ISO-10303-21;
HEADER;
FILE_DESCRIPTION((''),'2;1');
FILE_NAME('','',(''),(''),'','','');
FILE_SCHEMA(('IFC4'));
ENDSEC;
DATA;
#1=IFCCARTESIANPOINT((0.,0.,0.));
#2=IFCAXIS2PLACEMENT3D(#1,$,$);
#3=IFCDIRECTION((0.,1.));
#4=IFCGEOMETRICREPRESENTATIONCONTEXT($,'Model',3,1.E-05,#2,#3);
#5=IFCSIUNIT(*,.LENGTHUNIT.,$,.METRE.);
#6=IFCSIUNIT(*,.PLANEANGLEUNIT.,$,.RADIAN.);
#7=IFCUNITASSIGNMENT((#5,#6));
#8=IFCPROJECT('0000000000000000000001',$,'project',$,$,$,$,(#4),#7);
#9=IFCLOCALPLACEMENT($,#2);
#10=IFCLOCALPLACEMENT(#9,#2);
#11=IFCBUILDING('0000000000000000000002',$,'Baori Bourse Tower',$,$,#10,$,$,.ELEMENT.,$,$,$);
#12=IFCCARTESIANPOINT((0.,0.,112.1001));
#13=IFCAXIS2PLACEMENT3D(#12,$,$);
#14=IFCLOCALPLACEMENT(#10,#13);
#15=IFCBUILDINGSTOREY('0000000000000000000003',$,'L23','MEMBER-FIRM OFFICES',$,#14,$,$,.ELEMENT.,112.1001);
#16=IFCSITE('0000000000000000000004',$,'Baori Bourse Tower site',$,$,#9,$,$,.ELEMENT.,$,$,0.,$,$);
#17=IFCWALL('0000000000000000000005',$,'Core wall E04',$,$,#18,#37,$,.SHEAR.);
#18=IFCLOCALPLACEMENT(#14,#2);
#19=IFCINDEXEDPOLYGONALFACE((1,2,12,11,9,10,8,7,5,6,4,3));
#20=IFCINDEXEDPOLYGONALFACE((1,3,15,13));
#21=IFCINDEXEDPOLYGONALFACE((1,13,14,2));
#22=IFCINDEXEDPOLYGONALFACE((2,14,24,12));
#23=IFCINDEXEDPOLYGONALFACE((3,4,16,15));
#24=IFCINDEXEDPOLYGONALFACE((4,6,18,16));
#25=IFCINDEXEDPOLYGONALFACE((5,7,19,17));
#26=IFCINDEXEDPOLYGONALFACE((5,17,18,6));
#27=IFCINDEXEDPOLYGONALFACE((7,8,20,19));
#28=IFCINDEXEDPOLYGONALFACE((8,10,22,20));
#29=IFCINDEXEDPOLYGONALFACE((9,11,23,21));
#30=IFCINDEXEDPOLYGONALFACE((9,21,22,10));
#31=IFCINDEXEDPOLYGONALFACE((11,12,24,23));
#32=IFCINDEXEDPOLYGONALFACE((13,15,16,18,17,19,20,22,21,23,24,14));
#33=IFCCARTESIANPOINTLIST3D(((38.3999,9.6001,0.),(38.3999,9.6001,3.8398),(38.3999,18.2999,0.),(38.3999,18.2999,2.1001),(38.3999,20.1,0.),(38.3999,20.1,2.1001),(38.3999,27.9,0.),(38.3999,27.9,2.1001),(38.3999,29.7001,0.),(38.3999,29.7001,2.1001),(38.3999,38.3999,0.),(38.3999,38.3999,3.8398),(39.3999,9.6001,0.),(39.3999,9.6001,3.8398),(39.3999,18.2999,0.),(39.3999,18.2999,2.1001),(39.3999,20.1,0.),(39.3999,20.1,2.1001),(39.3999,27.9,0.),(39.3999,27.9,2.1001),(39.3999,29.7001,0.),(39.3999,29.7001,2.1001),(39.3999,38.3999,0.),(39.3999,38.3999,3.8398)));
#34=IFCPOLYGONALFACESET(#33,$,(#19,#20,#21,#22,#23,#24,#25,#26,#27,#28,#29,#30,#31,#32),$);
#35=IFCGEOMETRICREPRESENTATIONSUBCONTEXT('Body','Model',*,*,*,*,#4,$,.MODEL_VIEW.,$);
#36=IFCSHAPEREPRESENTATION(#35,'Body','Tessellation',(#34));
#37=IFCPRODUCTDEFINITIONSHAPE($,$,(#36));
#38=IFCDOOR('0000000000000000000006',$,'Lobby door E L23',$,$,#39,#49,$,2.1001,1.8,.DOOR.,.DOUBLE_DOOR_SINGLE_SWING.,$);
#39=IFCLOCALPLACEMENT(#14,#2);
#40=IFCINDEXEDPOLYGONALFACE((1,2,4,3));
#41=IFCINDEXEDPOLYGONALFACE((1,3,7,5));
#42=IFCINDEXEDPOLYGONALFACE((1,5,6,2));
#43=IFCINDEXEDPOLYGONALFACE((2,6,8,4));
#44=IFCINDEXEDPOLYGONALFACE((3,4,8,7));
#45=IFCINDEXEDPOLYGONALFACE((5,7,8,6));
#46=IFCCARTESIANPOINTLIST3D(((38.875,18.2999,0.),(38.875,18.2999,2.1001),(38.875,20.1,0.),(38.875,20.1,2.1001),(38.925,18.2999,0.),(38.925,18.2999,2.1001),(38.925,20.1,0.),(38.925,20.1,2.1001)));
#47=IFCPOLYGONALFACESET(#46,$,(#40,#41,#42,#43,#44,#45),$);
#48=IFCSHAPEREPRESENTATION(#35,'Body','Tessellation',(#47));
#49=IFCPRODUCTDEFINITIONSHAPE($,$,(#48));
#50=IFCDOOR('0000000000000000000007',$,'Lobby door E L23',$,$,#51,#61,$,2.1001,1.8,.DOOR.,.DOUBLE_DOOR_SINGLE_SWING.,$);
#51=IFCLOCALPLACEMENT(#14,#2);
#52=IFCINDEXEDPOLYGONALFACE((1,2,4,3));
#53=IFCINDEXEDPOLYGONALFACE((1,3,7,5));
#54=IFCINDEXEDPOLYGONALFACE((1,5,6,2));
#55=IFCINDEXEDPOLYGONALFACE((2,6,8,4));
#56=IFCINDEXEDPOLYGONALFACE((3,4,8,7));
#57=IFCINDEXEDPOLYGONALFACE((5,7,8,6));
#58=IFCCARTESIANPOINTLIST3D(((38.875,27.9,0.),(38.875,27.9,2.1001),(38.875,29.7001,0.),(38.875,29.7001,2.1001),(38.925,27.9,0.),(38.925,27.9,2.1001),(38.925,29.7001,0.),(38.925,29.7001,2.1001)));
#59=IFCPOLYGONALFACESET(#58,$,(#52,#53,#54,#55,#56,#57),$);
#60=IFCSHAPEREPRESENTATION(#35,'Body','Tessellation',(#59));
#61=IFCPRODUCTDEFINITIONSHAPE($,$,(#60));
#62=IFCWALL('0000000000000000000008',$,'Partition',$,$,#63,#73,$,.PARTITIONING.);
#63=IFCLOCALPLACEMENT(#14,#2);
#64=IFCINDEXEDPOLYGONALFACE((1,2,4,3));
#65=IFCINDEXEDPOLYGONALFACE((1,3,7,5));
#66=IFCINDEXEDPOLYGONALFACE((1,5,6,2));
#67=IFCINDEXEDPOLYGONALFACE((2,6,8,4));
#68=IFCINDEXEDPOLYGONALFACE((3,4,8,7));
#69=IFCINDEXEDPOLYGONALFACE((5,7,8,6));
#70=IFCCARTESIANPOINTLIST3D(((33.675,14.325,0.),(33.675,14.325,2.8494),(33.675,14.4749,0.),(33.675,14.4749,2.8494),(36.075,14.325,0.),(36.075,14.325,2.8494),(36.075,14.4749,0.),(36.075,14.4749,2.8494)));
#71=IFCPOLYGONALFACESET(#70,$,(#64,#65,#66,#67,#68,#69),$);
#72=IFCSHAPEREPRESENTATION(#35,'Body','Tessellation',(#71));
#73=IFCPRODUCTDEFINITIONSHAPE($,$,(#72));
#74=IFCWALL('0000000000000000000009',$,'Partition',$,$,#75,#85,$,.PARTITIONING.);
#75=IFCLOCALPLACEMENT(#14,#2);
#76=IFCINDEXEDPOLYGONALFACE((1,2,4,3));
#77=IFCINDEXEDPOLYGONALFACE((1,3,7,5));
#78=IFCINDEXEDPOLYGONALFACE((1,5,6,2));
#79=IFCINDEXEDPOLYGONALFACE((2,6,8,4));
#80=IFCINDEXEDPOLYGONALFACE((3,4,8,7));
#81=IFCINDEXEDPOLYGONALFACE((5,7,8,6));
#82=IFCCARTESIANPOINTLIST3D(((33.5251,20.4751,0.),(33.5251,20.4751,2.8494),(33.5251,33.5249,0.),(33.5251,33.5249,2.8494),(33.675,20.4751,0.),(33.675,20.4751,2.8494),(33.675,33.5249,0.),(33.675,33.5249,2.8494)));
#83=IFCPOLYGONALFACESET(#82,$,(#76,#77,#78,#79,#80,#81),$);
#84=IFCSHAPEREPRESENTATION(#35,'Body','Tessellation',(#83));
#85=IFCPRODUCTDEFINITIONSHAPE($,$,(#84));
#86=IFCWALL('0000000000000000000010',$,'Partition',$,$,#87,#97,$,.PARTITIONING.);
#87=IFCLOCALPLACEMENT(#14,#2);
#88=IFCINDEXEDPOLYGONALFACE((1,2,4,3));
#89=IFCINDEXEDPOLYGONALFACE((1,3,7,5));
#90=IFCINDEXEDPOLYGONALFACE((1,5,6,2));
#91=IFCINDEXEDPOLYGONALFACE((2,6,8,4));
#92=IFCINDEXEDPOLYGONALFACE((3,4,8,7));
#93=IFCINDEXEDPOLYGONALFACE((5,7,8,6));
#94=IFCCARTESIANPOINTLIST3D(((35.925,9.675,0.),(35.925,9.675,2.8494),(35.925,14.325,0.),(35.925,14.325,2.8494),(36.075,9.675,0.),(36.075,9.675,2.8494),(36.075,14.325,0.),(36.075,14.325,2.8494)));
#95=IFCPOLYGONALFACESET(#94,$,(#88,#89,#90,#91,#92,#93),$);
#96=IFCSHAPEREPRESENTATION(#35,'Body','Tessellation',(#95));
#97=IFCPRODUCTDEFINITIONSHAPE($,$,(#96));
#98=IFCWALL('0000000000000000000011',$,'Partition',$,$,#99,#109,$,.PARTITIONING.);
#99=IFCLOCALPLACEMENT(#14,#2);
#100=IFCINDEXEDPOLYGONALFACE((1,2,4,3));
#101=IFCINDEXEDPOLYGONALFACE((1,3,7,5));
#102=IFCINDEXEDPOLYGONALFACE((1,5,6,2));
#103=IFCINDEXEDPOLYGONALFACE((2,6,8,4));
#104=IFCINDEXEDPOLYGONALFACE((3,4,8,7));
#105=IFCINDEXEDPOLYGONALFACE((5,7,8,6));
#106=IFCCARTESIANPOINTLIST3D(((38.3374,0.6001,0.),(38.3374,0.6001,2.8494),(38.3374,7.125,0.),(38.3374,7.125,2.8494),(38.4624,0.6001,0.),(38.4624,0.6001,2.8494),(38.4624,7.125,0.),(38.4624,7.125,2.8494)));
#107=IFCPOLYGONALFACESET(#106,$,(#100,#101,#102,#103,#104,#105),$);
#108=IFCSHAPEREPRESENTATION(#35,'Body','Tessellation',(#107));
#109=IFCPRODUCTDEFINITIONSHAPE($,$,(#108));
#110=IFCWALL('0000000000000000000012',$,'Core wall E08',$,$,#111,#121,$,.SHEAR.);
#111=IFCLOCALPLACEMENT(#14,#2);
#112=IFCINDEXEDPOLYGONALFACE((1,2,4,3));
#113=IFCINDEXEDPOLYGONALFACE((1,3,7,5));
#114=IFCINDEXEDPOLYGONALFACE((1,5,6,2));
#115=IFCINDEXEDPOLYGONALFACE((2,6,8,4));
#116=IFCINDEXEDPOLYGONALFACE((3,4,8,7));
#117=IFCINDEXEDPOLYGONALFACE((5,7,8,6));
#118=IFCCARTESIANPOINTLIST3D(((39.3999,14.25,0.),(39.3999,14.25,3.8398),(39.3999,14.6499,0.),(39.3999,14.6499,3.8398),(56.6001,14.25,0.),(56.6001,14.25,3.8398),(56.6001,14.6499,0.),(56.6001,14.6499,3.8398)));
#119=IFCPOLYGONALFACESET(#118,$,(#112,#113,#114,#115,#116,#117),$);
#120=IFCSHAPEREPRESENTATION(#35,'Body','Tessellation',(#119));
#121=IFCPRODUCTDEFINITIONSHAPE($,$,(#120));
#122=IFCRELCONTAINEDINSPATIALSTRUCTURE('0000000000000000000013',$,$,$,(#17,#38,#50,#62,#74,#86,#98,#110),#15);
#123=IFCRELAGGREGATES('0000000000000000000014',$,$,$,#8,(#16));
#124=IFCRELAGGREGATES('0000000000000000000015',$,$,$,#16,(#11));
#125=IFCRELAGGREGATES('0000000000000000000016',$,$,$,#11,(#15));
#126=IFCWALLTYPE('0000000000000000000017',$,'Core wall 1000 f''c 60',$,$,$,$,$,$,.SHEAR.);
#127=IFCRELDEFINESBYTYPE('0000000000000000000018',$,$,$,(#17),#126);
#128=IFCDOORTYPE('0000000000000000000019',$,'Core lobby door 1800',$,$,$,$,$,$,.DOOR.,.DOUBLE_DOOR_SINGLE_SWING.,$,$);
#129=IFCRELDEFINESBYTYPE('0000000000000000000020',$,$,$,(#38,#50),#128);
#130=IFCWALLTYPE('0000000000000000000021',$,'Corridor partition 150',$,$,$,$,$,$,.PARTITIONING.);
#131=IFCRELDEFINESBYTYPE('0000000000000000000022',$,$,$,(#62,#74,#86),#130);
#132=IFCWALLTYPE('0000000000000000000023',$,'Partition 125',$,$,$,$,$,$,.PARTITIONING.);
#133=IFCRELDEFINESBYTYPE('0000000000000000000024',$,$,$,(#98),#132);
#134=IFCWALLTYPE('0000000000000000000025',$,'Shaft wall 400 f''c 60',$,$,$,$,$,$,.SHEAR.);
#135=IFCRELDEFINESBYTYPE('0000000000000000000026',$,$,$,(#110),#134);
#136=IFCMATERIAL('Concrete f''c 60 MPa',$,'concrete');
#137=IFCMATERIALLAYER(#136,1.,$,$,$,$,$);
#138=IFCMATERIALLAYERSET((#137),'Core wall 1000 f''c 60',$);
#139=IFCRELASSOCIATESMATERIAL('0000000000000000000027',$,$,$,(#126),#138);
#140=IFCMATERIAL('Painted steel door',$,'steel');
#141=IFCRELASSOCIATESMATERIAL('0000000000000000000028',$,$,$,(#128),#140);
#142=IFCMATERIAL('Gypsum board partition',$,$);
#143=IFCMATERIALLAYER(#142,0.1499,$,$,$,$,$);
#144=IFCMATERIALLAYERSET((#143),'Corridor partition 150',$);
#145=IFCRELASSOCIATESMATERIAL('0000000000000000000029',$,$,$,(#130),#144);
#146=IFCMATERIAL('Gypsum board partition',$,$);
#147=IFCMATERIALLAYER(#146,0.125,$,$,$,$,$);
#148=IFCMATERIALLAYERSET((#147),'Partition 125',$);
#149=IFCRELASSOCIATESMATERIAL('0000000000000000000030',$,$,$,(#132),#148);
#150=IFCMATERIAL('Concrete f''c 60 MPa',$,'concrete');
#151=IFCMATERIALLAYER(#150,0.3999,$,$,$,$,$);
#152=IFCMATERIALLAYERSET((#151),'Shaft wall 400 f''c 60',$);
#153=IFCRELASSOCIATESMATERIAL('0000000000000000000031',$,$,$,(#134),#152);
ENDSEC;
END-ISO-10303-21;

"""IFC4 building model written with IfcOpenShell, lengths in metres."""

from ifc_helpers import new_model, si_unit, direction, frame, frame_2d, origin, place, context, subcontext, project, spatial, rectangle, extrude, material, layer, layer_set, type_object, element, fill, save


model = new_model("IFC4")

# Units and contexts
model_context = context("Model", 3, precision=1e-05, world=origin(), true_north=direction((0.0, 1.0)))
body_context = subcontext(model_context, "Body", "Model", "MODEL_VIEW")
ifc_project = project(units=[si_unit("LENGTHUNIT", "METRE"), si_unit("PLANEANGLEUNIT", "RADIAN")], contexts=[model_context])

# Site, building, storey
site_placement = place(None, origin())
site = spatial("IfcSite", under=ifc_project, at=site_placement, Name="Baori Bourse Tower site", CompositionType="ELEMENT", RefElevation=0.0)
building_placement = place(site_placement, origin())
building = spatial("IfcBuilding", under=site, at=building_placement, Name="Baori Bourse Tower", CompositionType="ELEMENT")
storey_placement = place(building_placement, frame((0.0, 0.0, 112.1001)))
storey = spatial("IfcBuildingStorey", under=building, at=storey_placement, Name="L23", Description="MEMBER-FIRM OFFICES", CompositionType="ELEMENT", Elevation=112.1001)

# Wall, openings, doors
ifc_material_1 = material(Name="Concrete f'c 60 MPa", Category="concrete")
ifc_layer_1 = layer(ifc_material_1, 1.0)
ifc_layer_set_1 = layer_set([ifc_layer_1], Name="Core wall 1000 f'c 60")
wall_type_1 = type_object("IfcWallType", Name="Core wall 1000 f'c 60", PredefinedType="SHEAR", material=ifc_layer_set_1)
wall_1_placement = place(storey_placement, frame((38.8999, 9.6001, 0.0), z_axis=(0.0, 0.0, 1.0), x_axis=(0.0, 1.0, 0.0)))
wall_1 = element("IfcWall", 1, at=wall_1_placement, inside=storey, type_object=wall_type_1, Name="Core wall E04", PredefinedType="SHEAR", context=body_context, shape_type="SweptSolid", body=[
    extrude(rectangle(XDim=28.7998, YDim=1.0, at=frame_2d((14.3999, 0.0))), origin(), (0.0, 0.0, 1.0), 3.8398),
])
opening_1_placement = place(wall_1_placement, frame((8.7, 0.0, 0.0)))
opening_1 = element("IfcOpeningElement", 2, at=opening_1_placement, cuts=wall_1, PredefinedType="OPENING", context=body_context, shape_type="SweptSolid", body=[
    extrude(rectangle(XDim=1.8, YDim=2.1001, at=frame_2d((0.8999, 1.05))), frame((0.0, 0.51, 0.0), z_axis=(0.0, -1.0, 0.0), x_axis=(1.0, 0.0, 0.0)), (0.0, 0.0, 1.0), 1.02),
])
opening_2_placement = place(wall_1_placement, frame((18.3, 0.0, 0.0)))
opening_2 = element("IfcOpeningElement", 3, at=opening_2_placement, cuts=wall_1, PredefinedType="OPENING", context=body_context, shape_type="SweptSolid", body=[
    extrude(rectangle(XDim=1.8, YDim=2.1001, at=frame_2d((0.8999, 1.05))), frame((0.0, 0.51, 0.0), z_axis=(0.0, -1.0, 0.0), x_axis=(1.0, 0.0, 0.0)), (0.0, 0.0, 1.0), 1.02),
])
ifc_material_2 = material(Name="Painted steel door", Category="steel")
door_type_1 = type_object("IfcDoorType", Name="Core lobby door 1800", OperationType="DOUBLE_DOOR_SINGLE_SWING", PredefinedType="DOOR", material=ifc_material_2)
door_1_placement = place(opening_1_placement, origin())
door_1 = element("IfcDoor", 4, at=door_1_placement, inside=storey, type_object=door_type_1, Name="Lobby door E L23", OperationType="DOUBLE_DOOR_SINGLE_SWING", OverallHeight=2.1001, OverallWidth=1.8, PredefinedType="DOOR", context=body_context, shape_type="SweptSolid", body=[
    extrude(rectangle(XDim=1.8, YDim=2.1001, at=frame_2d((0.8999, 1.05))), frame((0.0, 0.0249, 0.0), z_axis=(0.0, -1.0, 0.0), x_axis=(1.0, 0.0, 0.0)), (0.0, 0.0, 1.0), 0.05),
])
fill(opening_1, door_1)
door_2_placement = place(opening_2_placement, origin())
door_2 = element("IfcDoor", 5, at=door_2_placement, inside=storey, type_object=door_type_1, Name="Lobby door E L23", OperationType="DOUBLE_DOOR_SINGLE_SWING", OverallHeight=2.1001, OverallWidth=1.8, PredefinedType="DOOR", context=body_context, shape_type="SweptSolid", body=[
    extrude(rectangle(XDim=1.8, YDim=2.1001, at=frame_2d((0.8999, 1.05))), frame((0.0, 0.0249, 0.0), z_axis=(0.0, -1.0, 0.0), x_axis=(1.0, 0.0, 0.0)), (0.0, 0.0, 1.0), 0.05),
])
fill(opening_2, door_2)

# Walls
ifc_material_3 = material(Name="Gypsum board partition")
ifc_layer_2 = layer(ifc_material_3, 0.1499)
ifc_layer_set_2 = layer_set([ifc_layer_2], Name="Corridor partition 150")
wall_type_2 = type_object("IfcWallType", Name="Corridor partition 150", PredefinedType="PARTITIONING", material=ifc_layer_set_2)
wall_2_placement = place(storey_placement, frame((33.675, 14.3999, 0.0), z_axis=(0.0, 0.0, 1.0), x_axis=(1.0, 0.0, 0.0)))
element("IfcWall", 6, at=wall_2_placement, inside=storey, type_object=wall_type_2, Name="Partition", PredefinedType="PARTITIONING", context=body_context, shape_type="SweptSolid", body=[
    extrude(rectangle(XDim=2.3999, YDim=0.1499, at=frame_2d((1.2, 0.0))), origin(), (0.0, 0.0, 1.0), 2.8494),
])
wall_3_placement = place(storey_placement, frame((33.6001, 20.4751, 0.0), z_axis=(0.0, 0.0, 1.0), x_axis=(0.0, 1.0, 0.0)))
element("IfcWall", 7, at=wall_3_placement, inside=storey, type_object=wall_type_2, Name="Partition", PredefinedType="PARTITIONING", context=body_context, shape_type="SweptSolid", body=[
    extrude(rectangle(XDim=13.0498, YDim=0.1499, at=frame_2d((6.5249, 0.0))), origin(), (0.0, 0.0, 1.0), 2.8494),
])
wall_4_placement = place(storey_placement, frame((36.0, 9.675, 0.0), z_axis=(0.0, 0.0, 1.0), x_axis=(0.0, 1.0, 0.0)))
element("IfcWall", 8, at=wall_4_placement, inside=storey, type_object=wall_type_2, Name="Partition", PredefinedType="PARTITIONING", context=body_context, shape_type="SweptSolid", body=[
    extrude(rectangle(XDim=4.6499, YDim=0.1499, at=frame_2d((2.325, 0.0))), origin(), (0.0, 0.0, 1.0), 2.8494),
])
ifc_material_4 = material(Name="Gypsum board partition")
ifc_layer_3 = layer(ifc_material_4, 0.125)
ifc_layer_set_3 = layer_set([ifc_layer_3], Name="Partition 125")
wall_type_3 = type_object("IfcWallType", Name="Partition 125", PredefinedType="PARTITIONING", material=ifc_layer_set_3)
wall_5_placement = place(storey_placement, frame((38.3999, 0.6001, 0.0), z_axis=(0.0, 0.0, 1.0), x_axis=(0.0, 1.0, 0.0)))
element("IfcWall", 9, at=wall_5_placement, inside=storey, type_object=wall_type_3, Name="Partition", PredefinedType="PARTITIONING", context=body_context, shape_type="SweptSolid", body=[
    extrude(rectangle(XDim=6.5249, YDim=0.125, at=frame_2d((3.2625, 0.0))), origin(), (0.0, 0.0, 1.0), 2.8494),
])
ifc_material_5 = material(Name="Concrete f'c 60 MPa", Category="concrete")
ifc_layer_4 = layer(ifc_material_5, 0.3999)
ifc_layer_set_4 = layer_set([ifc_layer_4], Name="Shaft wall 400 f'c 60")
wall_type_4 = type_object("IfcWallType", Name="Shaft wall 400 f'c 60", PredefinedType="SHEAR", material=ifc_layer_set_4)
wall_6_placement = place(storey_placement, frame((39.3999, 14.45, 0.0), z_axis=(0.0, 0.0, 1.0), x_axis=(1.0, 0.0, 0.0)))
element("IfcWall", 10, at=wall_6_placement, inside=storey, type_object=wall_type_4, Name="Core wall E08", PredefinedType="SHEAR", context=body_context, shape_type="SweptSolid", body=[
    extrude(rectangle(XDim=17.2002, YDim=0.3999, at=frame_2d((8.6001, 0.0))), origin(), (0.0, 0.0, 1.0), 3.8398),
])

save(model, "model.ifc")
